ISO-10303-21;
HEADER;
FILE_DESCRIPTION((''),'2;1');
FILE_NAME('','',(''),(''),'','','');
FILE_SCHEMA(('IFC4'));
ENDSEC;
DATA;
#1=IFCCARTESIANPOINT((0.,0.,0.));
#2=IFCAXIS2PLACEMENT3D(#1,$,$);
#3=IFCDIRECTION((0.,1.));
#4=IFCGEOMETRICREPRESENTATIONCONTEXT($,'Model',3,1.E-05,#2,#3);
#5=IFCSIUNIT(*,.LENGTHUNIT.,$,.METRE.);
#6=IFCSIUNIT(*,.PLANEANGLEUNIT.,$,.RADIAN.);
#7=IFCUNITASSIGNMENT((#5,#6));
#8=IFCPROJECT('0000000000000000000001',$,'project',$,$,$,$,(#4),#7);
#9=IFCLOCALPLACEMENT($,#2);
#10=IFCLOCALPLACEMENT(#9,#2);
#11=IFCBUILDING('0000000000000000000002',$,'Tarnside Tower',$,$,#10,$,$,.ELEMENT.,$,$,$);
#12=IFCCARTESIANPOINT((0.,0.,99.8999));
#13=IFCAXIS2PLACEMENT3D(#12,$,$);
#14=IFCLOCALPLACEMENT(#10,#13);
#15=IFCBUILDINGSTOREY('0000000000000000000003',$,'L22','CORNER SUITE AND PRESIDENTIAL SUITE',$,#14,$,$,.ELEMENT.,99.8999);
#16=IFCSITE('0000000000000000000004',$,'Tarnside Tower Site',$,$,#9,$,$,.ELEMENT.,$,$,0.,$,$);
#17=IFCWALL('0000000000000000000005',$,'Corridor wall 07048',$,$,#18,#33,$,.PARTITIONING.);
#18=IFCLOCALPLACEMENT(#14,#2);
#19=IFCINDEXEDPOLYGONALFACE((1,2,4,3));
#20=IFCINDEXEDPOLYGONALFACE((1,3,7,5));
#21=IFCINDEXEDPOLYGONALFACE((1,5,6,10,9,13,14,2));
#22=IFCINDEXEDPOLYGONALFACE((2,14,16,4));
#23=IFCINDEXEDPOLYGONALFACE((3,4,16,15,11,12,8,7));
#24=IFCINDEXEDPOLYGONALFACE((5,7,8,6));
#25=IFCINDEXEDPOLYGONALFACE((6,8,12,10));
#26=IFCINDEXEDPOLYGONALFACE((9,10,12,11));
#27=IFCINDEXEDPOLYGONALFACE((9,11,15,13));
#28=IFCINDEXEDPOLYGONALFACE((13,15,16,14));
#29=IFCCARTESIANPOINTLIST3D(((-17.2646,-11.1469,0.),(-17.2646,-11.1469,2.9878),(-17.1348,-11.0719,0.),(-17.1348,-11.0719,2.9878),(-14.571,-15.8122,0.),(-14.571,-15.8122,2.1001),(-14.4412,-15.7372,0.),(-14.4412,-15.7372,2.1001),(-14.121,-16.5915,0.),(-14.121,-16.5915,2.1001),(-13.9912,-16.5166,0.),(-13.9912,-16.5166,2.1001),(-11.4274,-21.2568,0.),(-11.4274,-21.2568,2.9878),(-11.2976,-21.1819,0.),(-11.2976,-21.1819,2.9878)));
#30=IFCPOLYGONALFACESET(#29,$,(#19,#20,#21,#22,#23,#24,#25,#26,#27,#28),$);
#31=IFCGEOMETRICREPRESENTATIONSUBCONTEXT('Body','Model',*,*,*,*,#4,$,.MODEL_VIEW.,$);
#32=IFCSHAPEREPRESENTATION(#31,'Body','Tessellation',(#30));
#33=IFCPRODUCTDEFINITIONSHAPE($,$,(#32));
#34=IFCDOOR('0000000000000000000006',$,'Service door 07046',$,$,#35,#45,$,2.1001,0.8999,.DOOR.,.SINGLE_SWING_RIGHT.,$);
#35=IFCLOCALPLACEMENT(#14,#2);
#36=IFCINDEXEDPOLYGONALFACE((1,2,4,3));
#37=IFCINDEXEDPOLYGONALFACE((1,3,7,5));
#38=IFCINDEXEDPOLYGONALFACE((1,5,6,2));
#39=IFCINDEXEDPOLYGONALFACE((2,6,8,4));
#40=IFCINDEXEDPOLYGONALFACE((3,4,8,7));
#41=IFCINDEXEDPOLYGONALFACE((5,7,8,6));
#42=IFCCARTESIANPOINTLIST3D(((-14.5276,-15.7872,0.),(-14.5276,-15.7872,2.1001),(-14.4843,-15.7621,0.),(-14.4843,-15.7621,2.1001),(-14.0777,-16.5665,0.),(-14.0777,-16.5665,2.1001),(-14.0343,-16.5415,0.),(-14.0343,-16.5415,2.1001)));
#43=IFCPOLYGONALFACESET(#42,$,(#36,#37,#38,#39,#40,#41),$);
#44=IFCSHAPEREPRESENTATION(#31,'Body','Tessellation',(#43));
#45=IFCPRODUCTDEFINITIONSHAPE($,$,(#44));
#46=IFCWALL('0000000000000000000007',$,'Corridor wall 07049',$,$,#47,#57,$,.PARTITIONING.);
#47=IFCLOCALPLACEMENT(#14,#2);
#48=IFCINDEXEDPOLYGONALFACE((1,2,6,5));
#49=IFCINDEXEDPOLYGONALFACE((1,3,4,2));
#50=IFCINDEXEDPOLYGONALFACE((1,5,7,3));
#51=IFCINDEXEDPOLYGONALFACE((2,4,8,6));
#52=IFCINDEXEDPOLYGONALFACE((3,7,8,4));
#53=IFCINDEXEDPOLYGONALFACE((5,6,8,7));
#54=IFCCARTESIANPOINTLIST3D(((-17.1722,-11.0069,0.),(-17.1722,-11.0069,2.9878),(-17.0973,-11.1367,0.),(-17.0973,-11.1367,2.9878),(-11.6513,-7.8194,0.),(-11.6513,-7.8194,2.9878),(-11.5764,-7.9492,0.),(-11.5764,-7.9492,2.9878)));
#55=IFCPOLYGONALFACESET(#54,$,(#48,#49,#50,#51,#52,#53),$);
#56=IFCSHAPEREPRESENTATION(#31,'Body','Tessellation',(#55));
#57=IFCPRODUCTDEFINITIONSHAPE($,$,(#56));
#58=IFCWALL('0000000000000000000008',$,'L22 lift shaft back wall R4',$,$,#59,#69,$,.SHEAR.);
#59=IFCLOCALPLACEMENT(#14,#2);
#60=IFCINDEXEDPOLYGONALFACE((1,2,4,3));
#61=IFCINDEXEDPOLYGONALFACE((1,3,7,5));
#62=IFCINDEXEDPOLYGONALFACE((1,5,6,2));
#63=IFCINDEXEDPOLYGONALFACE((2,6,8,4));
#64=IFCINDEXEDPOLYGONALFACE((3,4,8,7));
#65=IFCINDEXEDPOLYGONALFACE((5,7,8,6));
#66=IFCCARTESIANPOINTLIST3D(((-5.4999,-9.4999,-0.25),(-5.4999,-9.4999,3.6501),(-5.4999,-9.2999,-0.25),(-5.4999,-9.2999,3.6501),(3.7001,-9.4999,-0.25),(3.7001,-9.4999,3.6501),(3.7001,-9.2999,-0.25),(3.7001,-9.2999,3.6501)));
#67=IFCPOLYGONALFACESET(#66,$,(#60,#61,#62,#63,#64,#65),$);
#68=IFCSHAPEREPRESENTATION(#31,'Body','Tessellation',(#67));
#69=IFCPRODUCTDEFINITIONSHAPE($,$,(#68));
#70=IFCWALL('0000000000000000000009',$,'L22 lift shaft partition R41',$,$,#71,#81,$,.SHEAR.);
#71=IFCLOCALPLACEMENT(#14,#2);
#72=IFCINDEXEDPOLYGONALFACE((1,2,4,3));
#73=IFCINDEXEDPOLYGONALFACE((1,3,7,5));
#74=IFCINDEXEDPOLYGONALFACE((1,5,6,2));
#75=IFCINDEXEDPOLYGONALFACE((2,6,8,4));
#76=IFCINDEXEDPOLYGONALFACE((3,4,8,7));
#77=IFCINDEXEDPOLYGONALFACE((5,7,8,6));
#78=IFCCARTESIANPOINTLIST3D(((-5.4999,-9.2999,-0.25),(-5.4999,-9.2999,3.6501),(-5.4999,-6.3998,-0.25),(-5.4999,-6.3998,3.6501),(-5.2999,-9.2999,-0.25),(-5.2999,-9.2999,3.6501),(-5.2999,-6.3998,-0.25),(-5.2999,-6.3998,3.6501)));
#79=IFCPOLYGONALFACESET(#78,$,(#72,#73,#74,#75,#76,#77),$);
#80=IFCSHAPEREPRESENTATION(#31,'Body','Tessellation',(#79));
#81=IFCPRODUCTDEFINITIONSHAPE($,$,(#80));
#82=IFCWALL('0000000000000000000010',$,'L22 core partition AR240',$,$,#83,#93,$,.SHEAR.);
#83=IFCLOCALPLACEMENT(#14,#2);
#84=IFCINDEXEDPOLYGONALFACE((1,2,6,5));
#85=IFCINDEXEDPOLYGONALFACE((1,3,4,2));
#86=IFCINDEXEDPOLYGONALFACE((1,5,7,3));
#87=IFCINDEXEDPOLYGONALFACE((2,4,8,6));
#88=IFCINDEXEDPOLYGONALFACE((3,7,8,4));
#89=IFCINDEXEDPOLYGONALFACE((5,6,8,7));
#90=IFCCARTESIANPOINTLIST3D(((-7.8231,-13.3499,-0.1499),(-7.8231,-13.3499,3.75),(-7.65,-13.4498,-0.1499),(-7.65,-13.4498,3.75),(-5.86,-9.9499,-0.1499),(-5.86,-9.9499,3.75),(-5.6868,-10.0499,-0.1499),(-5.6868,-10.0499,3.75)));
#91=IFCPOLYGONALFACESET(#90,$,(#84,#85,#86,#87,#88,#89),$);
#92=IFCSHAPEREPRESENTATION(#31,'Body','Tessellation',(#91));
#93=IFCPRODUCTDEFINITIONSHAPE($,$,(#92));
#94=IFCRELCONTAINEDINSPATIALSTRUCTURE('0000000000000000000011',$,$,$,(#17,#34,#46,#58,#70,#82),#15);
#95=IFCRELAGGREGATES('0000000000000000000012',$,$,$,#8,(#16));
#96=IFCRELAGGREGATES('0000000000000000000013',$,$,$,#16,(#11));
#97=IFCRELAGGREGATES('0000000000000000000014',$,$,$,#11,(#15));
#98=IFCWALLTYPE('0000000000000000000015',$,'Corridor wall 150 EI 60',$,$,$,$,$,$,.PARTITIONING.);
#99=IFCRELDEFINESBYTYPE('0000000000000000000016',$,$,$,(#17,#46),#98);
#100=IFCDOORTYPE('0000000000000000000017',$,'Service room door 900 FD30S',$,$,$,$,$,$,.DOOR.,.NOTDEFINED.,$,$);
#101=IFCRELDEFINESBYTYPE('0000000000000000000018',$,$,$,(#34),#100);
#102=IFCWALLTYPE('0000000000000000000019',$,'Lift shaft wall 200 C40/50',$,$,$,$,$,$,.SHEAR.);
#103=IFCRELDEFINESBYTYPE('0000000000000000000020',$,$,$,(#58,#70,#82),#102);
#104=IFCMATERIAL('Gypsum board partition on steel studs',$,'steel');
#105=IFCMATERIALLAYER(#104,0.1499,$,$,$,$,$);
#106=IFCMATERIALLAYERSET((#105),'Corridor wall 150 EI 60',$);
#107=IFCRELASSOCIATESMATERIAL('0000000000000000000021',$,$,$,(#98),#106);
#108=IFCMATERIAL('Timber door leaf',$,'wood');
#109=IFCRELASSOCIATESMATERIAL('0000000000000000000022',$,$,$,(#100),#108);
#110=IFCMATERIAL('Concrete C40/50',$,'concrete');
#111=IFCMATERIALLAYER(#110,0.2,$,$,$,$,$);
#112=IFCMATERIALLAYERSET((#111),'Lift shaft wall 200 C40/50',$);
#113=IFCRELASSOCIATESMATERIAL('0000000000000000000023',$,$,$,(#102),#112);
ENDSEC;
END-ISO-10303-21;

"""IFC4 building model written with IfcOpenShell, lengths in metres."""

from ifc_helpers import new_model, si_unit, direction, frame, frame_2d, origin, place, context, subcontext, project, spatial, rectangle, extrude, material, layer, layer_set, type_object, element, fill, save


model = new_model("IFC4")

# Units and contexts
model_context = context("Model", 3, precision=1e-05, world=origin(), true_north=direction((0.0, 1.0)))
body_context = subcontext(model_context, "Body", "Model", "MODEL_VIEW")
ifc_project = project(units=[si_unit("LENGTHUNIT", "METRE"), si_unit("PLANEANGLEUNIT", "RADIAN")], contexts=[model_context])

# Site, building, storey
site_placement = place(None, origin())
site = spatial("IfcSite", under=ifc_project, at=site_placement, Name="Tarnside Tower Site", CompositionType="ELEMENT", RefElevation=0.0)
building_placement = place(site_placement, origin())
building = spatial("IfcBuilding", under=site, at=building_placement, Name="Tarnside Tower", CompositionType="ELEMENT")
storey_placement = place(building_placement, frame((0.0, 0.0, 99.8999)))
storey = spatial("IfcBuildingStorey", under=building, at=storey_placement, Name="L22", Description="CORNER SUITE AND PRESIDENTIAL SUITE", CompositionType="ELEMENT", Elevation=99.8999)

# Shared definitions
ifc_material_1 = material(Name="Gypsum board partition on steel studs", Category="steel")

# Shared definitions
ifc_material_2 = material(Name="Timber door leaf", Category="wood")

# Shared definitions
ifc_layer_1 = layer(ifc_material_1, 0.1499)
ifc_layer_set_1 = layer_set([ifc_layer_1], Name="Corridor wall 150 EI 60")
wall_type_1 = type_object("IfcWallType", Name="Corridor wall 150 EI 60", PredefinedType="PARTITIONING", material=ifc_layer_set_1)

# Wall, opening, door
wall_1_placement = place(storey_placement, frame((-11.3625, -21.2192, 0.0), z_axis=(0.0, 0.0, 1.0), x_axis=(-0.500015, 0.866017, 0.0)))
wall_1 = element("IfcWall", 1, at=wall_1_placement, inside=storey, type_object=wall_type_1, Name="Corridor wall 07048", PredefinedType="PARTITIONING", context=body_context, shape_type="SweptSolid", body=[
    extrude(rectangle(XDim=11.6741, YDim=0.1499, at=frame_2d((5.8369, 0.0))), origin(), (0.0, 0.0, 1.0), 2.9878),
])
opening_1_placement = place(wall_1_placement, frame((5.387, 0.0, 0.0)))
opening_1 = element("IfcOpeningElement", 2, at=opening_1_placement, cuts=wall_1, PredefinedType="OPENING", context=body_context, shape_type="SweptSolid", body=[
    extrude(rectangle(XDim=0.8999, YDim=2.1001, at=frame_2d((0.45, 1.05))), frame((0.0, 0.085, 0.0), z_axis=(0.0, -1.0, 0.0), x_axis=(1.0, 0.0, 0.0)), (0.0, 0.0, 1.0), 0.1699),
])
door_type_1 = type_object("IfcDoorType", Name="Service room door 900 FD30S", OperationType="NOTDEFINED", PredefinedType="DOOR", material=ifc_material_2)
door_1_placement = place(opening_1_placement, origin())
door_1 = element("IfcDoor", 3, at=door_1_placement, inside=storey, type_object=door_type_1, Name="Service door 07046", OperationType="SINGLE_SWING_RIGHT", OverallHeight=2.1001, OverallWidth=0.8999, PredefinedType="DOOR", context=body_context, shape_type="SweptSolid", body=[
    extrude(rectangle(XDim=0.8999, YDim=2.1001, at=frame_2d((0.45, 1.05))), frame((0.0, 0.0249, 0.0), z_axis=(0.0, -1.0, 0.0), x_axis=(1.0, 0.0, 0.0)), (0.0, 0.0, 1.0), 0.05),
])
fill(opening_1, door_1)

# Walls
wall_2_placement = place(storey_placement, frame((-17.1348, -11.0718, 0.0), z_axis=(0.0, 0.0, 1.0), x_axis=(0.866029, 0.499994, 0.0)))
element("IfcWall", 4, at=wall_2_placement, inside=storey, type_object=wall_type_1, Name="Corridor wall 07049", PredefinedType="PARTITIONING", context=body_context, shape_type="SweptSolid", body=[
    extrude(rectangle(XDim=6.375, YDim=0.1499, at=frame_2d((3.1875, 0.0))), origin(), (0.0, 0.0, 1.0), 2.9878),
])
ifc_material_3 = material(Name="Concrete C40/50", Category="concrete")
ifc_layer_2 = layer(ifc_material_3, 0.2)
ifc_layer_set_2 = layer_set([ifc_layer_2], Name="Lift shaft wall 200 C40/50")
wall_type_2 = type_object("IfcWallType", Name="Lift shaft wall 200 C40/50", PredefinedType="SHEAR", material=ifc_layer_set_2)
wall_3_placement = place(storey_placement, frame((-5.5, -9.3999, -0.25), z_axis=(0.0, 0.0, 1.0), x_axis=(1.0, 0.0, 0.0)))
element("IfcWall", 5, at=wall_3_placement, inside=storey, type_object=wall_type_2, Name="L22 lift shaft back wall R4", PredefinedType="SHEAR", context=body_context, shape_type="SweptSolid", body=[
    extrude(rectangle(XDim=9.2, YDim=0.2, at=frame_2d((4.6001, 0.0))), origin(), (0.0, 0.0, 1.0), 3.9001),
])
wall_4_placement = place(storey_placement, frame((-5.3999, -9.3, -0.25), z_axis=(0.0, 0.0, 1.0), x_axis=(0.0, 1.0, 0.0)))
element("IfcWall", 6, at=wall_4_placement, inside=storey, type_object=wall_type_2, Name="L22 lift shaft partition R41", PredefinedType="SHEAR", context=body_context, shape_type="SweptSolid", body=[
    extrude(rectangle(XDim=2.9001, YDim=0.2, at=frame_2d((1.4502, 0.0))), origin(), (0.0, 0.0, 1.0), 3.9001),
])
wall_5_placement = place(storey_placement, frame((-5.7734, -10.0, -0.1499), z_axis=(0.0, 0.0, 1.0), x_axis=(-0.500038, -0.866003, 0.0)))
element("IfcWall", 7, at=wall_5_placement, inside=storey, type_object=wall_type_2, Name="L22 core partition AR240", PredefinedType="SHEAR", context=body_context, shape_type="SweptSolid", body=[
    extrude(rectangle(XDim=3.926, YDim=0.2, at=frame_2d((1.9629, 0.0))), origin(), (0.0, 0.0, 1.0), 3.8999),
])

save(model, "model.ifc")
